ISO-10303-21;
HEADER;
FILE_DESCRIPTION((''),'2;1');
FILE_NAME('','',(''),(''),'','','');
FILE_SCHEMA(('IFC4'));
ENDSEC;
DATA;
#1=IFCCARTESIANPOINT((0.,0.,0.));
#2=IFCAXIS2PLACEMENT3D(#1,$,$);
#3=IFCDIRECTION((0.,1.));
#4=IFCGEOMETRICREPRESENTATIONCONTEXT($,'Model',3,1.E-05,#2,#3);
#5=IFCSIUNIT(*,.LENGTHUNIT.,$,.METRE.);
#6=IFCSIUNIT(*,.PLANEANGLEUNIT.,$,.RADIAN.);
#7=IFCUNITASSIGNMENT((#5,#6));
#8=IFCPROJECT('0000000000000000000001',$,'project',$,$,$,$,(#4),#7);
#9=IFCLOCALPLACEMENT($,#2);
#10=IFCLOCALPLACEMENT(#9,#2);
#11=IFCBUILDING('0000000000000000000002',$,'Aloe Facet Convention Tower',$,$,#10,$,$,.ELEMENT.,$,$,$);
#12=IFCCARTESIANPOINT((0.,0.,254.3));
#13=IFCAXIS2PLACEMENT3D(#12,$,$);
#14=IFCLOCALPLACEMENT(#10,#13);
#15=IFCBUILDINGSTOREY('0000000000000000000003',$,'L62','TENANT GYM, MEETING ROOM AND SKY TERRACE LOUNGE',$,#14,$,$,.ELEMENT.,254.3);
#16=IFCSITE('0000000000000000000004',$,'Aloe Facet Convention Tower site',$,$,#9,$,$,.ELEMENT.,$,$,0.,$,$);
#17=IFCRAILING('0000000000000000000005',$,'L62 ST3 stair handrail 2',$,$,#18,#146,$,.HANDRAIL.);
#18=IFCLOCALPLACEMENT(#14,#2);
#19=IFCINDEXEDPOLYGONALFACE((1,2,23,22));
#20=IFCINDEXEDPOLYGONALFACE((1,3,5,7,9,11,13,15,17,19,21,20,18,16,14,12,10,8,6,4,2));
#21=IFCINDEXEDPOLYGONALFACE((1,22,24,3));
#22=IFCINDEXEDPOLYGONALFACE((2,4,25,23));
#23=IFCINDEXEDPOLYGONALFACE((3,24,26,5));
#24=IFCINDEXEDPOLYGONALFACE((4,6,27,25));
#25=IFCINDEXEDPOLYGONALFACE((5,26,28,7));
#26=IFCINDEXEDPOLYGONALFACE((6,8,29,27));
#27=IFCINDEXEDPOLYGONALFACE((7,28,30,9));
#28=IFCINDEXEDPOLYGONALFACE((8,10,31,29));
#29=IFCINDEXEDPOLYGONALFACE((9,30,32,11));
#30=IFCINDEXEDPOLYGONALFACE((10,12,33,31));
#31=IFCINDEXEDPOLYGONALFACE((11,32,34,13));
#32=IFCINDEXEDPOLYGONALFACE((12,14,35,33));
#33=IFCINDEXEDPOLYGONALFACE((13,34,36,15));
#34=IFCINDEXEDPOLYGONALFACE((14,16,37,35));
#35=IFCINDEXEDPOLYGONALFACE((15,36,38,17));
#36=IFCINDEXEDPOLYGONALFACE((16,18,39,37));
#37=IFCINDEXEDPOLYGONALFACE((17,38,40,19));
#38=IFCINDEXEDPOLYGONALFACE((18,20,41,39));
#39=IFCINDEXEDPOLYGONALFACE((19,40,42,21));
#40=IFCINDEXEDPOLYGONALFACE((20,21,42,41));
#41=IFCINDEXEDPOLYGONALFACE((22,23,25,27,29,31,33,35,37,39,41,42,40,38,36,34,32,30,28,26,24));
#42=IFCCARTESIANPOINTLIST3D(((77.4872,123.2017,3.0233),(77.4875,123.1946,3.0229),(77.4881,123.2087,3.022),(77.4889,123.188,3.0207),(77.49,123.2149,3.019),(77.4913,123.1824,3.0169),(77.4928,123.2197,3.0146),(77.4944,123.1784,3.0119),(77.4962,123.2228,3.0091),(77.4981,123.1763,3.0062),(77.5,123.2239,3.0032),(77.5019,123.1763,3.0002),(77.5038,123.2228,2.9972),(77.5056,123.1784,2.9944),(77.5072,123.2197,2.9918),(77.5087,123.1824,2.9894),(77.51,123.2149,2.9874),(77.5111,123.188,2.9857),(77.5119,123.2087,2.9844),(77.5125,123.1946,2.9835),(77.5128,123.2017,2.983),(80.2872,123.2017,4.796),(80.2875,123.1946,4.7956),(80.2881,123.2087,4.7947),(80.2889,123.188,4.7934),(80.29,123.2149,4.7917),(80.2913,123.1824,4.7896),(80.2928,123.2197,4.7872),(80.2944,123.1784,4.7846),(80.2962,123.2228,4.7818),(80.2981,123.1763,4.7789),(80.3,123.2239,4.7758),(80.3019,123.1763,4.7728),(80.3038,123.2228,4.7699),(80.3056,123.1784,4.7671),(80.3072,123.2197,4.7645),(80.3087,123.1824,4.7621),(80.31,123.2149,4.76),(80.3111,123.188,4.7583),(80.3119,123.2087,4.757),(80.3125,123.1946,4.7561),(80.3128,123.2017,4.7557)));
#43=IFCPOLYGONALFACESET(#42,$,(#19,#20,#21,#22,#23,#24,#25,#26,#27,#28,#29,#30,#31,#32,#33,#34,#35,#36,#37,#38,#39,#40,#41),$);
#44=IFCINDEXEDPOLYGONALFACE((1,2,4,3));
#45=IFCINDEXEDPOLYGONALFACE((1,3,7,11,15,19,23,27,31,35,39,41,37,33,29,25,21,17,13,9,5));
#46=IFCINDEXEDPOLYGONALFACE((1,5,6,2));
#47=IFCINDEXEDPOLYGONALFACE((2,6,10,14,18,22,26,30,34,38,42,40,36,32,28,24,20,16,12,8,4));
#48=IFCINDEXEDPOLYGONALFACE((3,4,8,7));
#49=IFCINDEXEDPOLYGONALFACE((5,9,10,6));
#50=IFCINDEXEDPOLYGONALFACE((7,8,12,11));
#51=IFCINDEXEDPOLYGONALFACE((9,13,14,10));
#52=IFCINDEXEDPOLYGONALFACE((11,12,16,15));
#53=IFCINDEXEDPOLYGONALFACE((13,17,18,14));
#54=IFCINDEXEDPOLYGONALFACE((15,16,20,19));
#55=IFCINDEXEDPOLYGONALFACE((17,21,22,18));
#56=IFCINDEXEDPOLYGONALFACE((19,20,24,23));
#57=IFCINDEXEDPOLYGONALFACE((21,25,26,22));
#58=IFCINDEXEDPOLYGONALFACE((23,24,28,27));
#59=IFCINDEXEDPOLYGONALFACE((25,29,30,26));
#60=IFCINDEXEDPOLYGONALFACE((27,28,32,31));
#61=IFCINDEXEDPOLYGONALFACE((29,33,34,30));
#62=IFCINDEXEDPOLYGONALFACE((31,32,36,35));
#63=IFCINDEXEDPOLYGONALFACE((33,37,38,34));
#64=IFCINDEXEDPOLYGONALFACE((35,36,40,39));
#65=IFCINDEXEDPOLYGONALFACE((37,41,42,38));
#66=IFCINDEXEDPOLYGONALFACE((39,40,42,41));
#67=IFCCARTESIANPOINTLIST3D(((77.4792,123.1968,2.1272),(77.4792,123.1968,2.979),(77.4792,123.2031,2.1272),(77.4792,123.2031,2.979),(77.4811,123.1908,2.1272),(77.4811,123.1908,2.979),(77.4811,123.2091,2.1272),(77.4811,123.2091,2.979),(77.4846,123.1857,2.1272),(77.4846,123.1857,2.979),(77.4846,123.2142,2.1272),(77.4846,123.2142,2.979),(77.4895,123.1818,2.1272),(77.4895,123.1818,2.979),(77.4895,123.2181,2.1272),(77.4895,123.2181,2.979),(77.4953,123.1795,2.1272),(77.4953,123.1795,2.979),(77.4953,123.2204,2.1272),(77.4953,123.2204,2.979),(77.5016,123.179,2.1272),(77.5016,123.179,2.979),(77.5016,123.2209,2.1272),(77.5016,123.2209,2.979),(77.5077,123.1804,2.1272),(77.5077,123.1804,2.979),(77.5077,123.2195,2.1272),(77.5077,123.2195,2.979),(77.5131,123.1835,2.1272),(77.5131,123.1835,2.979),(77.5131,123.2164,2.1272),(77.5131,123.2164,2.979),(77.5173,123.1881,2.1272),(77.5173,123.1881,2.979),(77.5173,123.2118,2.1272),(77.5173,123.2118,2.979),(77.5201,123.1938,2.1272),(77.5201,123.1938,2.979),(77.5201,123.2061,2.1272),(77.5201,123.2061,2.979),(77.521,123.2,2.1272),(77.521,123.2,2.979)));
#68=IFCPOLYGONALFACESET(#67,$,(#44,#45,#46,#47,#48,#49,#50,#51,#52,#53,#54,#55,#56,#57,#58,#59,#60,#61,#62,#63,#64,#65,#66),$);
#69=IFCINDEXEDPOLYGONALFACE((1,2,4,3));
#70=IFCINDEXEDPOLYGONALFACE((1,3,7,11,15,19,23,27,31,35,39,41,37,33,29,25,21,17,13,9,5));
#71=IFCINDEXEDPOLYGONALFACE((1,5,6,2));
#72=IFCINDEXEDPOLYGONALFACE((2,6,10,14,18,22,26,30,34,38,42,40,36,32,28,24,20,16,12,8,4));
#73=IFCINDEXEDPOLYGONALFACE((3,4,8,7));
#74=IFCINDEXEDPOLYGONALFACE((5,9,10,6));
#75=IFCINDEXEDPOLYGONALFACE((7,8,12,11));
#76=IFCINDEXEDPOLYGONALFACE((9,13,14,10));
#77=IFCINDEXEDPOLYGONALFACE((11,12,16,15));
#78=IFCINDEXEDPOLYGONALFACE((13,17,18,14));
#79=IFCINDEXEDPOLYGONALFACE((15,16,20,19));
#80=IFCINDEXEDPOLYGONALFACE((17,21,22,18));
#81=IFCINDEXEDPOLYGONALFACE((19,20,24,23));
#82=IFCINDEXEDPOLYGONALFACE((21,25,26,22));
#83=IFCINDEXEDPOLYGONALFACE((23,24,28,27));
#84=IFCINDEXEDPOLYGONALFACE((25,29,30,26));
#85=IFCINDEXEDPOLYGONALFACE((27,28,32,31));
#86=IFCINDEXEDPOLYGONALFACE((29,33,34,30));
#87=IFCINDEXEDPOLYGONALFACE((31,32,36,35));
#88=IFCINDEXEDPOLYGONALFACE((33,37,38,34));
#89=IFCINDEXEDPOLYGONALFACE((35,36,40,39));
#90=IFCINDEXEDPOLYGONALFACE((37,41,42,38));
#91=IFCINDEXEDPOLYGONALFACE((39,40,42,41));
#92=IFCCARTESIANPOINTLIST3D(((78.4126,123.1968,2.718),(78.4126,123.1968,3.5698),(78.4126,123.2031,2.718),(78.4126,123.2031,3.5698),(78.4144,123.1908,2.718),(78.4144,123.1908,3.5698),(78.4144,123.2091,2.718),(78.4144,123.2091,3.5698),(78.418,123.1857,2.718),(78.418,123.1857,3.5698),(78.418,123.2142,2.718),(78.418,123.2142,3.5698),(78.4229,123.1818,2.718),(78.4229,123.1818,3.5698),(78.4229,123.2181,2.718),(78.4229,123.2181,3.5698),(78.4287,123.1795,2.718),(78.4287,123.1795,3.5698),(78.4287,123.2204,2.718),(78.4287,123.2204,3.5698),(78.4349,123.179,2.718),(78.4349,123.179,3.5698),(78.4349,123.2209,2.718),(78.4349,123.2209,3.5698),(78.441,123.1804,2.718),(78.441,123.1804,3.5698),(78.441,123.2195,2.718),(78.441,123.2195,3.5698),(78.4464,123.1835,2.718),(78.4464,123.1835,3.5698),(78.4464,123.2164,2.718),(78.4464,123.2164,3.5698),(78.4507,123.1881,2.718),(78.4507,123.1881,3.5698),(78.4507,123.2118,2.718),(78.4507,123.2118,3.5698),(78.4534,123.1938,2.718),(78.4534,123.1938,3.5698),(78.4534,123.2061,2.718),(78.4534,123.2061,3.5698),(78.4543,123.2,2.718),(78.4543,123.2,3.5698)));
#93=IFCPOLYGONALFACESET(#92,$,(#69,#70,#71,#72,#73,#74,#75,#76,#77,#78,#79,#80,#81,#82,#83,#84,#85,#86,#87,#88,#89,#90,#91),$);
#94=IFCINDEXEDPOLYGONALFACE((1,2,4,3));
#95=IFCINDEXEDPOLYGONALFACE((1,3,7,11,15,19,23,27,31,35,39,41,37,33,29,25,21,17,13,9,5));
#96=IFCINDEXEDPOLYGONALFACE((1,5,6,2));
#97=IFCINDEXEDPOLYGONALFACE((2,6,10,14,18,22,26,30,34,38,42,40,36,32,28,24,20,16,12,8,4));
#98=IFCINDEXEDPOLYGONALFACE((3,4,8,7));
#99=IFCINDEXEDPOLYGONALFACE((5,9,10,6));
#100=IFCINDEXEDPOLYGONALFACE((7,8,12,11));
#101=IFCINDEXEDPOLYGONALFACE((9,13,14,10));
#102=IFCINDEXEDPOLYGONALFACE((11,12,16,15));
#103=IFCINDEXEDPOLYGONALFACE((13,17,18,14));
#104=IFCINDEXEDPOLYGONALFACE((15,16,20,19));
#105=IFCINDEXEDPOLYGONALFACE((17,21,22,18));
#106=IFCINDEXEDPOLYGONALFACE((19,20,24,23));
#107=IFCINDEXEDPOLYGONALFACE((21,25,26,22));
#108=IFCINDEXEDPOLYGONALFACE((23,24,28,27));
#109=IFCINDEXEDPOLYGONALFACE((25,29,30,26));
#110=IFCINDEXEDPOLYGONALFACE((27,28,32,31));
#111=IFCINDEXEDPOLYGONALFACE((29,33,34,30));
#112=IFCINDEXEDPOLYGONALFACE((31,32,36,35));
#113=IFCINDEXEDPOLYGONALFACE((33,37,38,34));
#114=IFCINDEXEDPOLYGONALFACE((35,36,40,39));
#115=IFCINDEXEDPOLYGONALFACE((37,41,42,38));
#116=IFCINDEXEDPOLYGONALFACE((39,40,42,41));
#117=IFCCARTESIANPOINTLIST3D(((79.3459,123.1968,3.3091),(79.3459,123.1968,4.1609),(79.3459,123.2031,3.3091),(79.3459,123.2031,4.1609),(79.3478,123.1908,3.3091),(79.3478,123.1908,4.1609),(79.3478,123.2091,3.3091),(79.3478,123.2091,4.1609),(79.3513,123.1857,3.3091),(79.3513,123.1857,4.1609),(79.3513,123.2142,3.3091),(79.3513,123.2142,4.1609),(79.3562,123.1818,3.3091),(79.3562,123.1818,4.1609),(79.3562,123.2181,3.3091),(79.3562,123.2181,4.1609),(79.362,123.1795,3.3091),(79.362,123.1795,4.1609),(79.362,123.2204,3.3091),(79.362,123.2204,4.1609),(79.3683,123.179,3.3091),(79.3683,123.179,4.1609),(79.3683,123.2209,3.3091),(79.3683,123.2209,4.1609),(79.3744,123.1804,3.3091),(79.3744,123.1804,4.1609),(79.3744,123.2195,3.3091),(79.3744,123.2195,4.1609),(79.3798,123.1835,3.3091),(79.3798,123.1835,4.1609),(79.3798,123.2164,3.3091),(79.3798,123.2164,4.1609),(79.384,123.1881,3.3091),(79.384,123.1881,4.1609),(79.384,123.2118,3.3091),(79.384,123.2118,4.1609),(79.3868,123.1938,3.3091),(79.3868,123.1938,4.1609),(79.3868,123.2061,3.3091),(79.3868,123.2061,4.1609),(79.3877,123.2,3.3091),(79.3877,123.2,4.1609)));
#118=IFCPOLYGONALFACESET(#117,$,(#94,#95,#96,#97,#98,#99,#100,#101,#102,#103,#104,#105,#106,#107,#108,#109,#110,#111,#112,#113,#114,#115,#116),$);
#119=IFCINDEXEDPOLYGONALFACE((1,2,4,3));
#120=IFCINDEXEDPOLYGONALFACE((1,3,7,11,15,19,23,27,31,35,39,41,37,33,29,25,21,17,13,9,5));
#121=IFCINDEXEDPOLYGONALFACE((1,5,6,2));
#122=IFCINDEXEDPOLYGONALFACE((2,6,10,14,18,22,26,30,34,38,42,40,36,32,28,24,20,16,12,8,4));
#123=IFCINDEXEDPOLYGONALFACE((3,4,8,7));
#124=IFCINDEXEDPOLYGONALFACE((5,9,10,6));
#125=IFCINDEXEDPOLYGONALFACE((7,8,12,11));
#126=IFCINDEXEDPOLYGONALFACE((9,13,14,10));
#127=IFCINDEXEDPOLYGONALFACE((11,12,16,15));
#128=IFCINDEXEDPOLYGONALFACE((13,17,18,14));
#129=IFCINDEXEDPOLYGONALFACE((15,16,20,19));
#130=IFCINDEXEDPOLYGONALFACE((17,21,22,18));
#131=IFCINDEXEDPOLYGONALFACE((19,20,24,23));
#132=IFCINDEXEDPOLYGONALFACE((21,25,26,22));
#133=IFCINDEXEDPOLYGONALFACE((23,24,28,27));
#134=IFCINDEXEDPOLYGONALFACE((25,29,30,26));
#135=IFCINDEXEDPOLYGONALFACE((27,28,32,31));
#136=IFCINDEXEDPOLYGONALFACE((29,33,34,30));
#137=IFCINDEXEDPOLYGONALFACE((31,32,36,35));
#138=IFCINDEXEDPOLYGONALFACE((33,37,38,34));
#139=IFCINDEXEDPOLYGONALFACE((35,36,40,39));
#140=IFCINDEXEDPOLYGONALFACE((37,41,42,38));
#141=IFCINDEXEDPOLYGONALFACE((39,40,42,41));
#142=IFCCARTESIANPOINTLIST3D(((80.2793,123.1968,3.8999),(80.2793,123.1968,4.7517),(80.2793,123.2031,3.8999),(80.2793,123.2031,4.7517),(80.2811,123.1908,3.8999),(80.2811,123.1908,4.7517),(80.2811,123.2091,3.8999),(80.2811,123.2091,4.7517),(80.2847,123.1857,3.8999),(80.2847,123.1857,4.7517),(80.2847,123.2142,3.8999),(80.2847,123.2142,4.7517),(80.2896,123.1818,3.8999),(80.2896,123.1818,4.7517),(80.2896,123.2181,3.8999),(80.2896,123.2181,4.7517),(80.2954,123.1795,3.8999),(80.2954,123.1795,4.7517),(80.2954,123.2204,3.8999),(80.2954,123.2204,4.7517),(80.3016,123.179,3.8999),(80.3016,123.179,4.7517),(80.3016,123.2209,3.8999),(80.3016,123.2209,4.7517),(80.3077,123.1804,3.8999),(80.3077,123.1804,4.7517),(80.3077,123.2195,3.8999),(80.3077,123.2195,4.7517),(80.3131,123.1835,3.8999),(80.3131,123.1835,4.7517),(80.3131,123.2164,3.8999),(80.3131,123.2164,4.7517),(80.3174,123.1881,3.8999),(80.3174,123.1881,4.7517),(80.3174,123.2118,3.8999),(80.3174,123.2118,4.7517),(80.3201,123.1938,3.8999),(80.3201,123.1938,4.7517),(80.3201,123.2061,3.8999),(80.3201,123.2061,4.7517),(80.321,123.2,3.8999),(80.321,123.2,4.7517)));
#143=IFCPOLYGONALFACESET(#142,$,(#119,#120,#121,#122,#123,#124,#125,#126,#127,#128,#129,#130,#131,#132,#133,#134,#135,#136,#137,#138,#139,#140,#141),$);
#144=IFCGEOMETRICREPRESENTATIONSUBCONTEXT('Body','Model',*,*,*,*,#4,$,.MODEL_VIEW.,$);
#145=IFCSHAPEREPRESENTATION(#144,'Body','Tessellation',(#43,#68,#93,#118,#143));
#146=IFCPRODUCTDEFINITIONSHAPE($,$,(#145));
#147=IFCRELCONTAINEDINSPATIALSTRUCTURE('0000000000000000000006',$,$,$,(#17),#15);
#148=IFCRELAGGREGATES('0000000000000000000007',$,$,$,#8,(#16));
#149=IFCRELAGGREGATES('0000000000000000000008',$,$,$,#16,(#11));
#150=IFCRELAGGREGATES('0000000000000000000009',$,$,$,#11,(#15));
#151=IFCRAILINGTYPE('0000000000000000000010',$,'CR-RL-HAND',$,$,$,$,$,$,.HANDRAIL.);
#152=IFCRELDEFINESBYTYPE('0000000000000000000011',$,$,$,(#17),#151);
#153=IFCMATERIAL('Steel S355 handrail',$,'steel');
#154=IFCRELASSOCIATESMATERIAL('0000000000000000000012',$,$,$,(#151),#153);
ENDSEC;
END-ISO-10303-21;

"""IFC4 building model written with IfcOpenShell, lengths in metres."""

from ifc_helpers import new_model, si_unit, direction, frame, origin, origin_2d, place, context, subcontext, project, spatial, circle, extrude, material, type_object, element, save


model = new_model("IFC4")

# Units and contexts
model_context = context("Model", 3, precision=1e-05, world=origin(), true_north=direction((0.0, 1.0)))
body_context = subcontext(model_context, "Body", "Model", "MODEL_VIEW")
ifc_project = project(units=[si_unit("LENGTHUNIT", "METRE"), si_unit("PLANEANGLEUNIT", "RADIAN")], contexts=[model_context])

# Site, building, storey
site_placement = place(None, origin())
site = spatial("IfcSite", under=ifc_project, at=site_placement, Name="Aloe Facet Convention Tower site", CompositionType="ELEMENT", RefElevation=0.0)
building_placement = place(site_placement, origin())
building = spatial("IfcBuilding", under=site, at=building_placement, Name="Aloe Facet Convention Tower", CompositionType="ELEMENT")
storey_placement = place(building_placement, frame((0.0, 0.0, 254.3)))
storey = spatial("IfcBuildingStorey", under=building, at=storey_placement, Name="L62", Description="TENANT GYM, MEETING ROOM AND SKY TERRACE LOUNGE", CompositionType="ELEMENT", Elevation=254.3)

# Railing
ifc_material_1 = material(Name="Steel S355 handrail", Category="steel")
railing_type_1 = type_object("IfcRailingType", Name="CR-RL-HAND", PredefinedType="HANDRAIL", material=ifc_material_1)
railing_1_placement = place(storey_placement, frame((77.5, 123.2, 2.1272)))
element("IfcRailing", 1, at=railing_1_placement, inside=storey, type_object=railing_type_1, Name="L62 ST3 stair handrail 2", PredefinedType="HANDRAIL", context=body_context, shape_type="SweptSolid", body=[
    extrude(circle(Radius=0.0239, at=origin_2d()), frame((0.0, 0.0, 0.876), z_axis=(0.844909, 0.0, 0.53491), x_axis=(0.0, 1.0, 0.0)), (0.0, 0.0, 1.0), 3.314),
    extrude(circle(Radius=0.021, at=origin_2d()), origin(), (0.0, 0.0, 1.0), 0.8518),
    extrude(circle(Radius=0.021, at=origin_2d()), frame((0.9333, 0.0, 0.5908)), (0.0, 0.0, 1.0), 0.8518),
    extrude(circle(Radius=0.021, at=origin_2d()), frame((1.8667, 0.0, 1.1819)), (0.0, 0.0, 1.0), 0.8518),
    extrude(circle(Radius=0.021, at=origin_2d()), frame((2.8, 0.0, 1.7727)), (0.0, 0.0, 1.0), 0.8518),
])

save(model, "model.ifc")
